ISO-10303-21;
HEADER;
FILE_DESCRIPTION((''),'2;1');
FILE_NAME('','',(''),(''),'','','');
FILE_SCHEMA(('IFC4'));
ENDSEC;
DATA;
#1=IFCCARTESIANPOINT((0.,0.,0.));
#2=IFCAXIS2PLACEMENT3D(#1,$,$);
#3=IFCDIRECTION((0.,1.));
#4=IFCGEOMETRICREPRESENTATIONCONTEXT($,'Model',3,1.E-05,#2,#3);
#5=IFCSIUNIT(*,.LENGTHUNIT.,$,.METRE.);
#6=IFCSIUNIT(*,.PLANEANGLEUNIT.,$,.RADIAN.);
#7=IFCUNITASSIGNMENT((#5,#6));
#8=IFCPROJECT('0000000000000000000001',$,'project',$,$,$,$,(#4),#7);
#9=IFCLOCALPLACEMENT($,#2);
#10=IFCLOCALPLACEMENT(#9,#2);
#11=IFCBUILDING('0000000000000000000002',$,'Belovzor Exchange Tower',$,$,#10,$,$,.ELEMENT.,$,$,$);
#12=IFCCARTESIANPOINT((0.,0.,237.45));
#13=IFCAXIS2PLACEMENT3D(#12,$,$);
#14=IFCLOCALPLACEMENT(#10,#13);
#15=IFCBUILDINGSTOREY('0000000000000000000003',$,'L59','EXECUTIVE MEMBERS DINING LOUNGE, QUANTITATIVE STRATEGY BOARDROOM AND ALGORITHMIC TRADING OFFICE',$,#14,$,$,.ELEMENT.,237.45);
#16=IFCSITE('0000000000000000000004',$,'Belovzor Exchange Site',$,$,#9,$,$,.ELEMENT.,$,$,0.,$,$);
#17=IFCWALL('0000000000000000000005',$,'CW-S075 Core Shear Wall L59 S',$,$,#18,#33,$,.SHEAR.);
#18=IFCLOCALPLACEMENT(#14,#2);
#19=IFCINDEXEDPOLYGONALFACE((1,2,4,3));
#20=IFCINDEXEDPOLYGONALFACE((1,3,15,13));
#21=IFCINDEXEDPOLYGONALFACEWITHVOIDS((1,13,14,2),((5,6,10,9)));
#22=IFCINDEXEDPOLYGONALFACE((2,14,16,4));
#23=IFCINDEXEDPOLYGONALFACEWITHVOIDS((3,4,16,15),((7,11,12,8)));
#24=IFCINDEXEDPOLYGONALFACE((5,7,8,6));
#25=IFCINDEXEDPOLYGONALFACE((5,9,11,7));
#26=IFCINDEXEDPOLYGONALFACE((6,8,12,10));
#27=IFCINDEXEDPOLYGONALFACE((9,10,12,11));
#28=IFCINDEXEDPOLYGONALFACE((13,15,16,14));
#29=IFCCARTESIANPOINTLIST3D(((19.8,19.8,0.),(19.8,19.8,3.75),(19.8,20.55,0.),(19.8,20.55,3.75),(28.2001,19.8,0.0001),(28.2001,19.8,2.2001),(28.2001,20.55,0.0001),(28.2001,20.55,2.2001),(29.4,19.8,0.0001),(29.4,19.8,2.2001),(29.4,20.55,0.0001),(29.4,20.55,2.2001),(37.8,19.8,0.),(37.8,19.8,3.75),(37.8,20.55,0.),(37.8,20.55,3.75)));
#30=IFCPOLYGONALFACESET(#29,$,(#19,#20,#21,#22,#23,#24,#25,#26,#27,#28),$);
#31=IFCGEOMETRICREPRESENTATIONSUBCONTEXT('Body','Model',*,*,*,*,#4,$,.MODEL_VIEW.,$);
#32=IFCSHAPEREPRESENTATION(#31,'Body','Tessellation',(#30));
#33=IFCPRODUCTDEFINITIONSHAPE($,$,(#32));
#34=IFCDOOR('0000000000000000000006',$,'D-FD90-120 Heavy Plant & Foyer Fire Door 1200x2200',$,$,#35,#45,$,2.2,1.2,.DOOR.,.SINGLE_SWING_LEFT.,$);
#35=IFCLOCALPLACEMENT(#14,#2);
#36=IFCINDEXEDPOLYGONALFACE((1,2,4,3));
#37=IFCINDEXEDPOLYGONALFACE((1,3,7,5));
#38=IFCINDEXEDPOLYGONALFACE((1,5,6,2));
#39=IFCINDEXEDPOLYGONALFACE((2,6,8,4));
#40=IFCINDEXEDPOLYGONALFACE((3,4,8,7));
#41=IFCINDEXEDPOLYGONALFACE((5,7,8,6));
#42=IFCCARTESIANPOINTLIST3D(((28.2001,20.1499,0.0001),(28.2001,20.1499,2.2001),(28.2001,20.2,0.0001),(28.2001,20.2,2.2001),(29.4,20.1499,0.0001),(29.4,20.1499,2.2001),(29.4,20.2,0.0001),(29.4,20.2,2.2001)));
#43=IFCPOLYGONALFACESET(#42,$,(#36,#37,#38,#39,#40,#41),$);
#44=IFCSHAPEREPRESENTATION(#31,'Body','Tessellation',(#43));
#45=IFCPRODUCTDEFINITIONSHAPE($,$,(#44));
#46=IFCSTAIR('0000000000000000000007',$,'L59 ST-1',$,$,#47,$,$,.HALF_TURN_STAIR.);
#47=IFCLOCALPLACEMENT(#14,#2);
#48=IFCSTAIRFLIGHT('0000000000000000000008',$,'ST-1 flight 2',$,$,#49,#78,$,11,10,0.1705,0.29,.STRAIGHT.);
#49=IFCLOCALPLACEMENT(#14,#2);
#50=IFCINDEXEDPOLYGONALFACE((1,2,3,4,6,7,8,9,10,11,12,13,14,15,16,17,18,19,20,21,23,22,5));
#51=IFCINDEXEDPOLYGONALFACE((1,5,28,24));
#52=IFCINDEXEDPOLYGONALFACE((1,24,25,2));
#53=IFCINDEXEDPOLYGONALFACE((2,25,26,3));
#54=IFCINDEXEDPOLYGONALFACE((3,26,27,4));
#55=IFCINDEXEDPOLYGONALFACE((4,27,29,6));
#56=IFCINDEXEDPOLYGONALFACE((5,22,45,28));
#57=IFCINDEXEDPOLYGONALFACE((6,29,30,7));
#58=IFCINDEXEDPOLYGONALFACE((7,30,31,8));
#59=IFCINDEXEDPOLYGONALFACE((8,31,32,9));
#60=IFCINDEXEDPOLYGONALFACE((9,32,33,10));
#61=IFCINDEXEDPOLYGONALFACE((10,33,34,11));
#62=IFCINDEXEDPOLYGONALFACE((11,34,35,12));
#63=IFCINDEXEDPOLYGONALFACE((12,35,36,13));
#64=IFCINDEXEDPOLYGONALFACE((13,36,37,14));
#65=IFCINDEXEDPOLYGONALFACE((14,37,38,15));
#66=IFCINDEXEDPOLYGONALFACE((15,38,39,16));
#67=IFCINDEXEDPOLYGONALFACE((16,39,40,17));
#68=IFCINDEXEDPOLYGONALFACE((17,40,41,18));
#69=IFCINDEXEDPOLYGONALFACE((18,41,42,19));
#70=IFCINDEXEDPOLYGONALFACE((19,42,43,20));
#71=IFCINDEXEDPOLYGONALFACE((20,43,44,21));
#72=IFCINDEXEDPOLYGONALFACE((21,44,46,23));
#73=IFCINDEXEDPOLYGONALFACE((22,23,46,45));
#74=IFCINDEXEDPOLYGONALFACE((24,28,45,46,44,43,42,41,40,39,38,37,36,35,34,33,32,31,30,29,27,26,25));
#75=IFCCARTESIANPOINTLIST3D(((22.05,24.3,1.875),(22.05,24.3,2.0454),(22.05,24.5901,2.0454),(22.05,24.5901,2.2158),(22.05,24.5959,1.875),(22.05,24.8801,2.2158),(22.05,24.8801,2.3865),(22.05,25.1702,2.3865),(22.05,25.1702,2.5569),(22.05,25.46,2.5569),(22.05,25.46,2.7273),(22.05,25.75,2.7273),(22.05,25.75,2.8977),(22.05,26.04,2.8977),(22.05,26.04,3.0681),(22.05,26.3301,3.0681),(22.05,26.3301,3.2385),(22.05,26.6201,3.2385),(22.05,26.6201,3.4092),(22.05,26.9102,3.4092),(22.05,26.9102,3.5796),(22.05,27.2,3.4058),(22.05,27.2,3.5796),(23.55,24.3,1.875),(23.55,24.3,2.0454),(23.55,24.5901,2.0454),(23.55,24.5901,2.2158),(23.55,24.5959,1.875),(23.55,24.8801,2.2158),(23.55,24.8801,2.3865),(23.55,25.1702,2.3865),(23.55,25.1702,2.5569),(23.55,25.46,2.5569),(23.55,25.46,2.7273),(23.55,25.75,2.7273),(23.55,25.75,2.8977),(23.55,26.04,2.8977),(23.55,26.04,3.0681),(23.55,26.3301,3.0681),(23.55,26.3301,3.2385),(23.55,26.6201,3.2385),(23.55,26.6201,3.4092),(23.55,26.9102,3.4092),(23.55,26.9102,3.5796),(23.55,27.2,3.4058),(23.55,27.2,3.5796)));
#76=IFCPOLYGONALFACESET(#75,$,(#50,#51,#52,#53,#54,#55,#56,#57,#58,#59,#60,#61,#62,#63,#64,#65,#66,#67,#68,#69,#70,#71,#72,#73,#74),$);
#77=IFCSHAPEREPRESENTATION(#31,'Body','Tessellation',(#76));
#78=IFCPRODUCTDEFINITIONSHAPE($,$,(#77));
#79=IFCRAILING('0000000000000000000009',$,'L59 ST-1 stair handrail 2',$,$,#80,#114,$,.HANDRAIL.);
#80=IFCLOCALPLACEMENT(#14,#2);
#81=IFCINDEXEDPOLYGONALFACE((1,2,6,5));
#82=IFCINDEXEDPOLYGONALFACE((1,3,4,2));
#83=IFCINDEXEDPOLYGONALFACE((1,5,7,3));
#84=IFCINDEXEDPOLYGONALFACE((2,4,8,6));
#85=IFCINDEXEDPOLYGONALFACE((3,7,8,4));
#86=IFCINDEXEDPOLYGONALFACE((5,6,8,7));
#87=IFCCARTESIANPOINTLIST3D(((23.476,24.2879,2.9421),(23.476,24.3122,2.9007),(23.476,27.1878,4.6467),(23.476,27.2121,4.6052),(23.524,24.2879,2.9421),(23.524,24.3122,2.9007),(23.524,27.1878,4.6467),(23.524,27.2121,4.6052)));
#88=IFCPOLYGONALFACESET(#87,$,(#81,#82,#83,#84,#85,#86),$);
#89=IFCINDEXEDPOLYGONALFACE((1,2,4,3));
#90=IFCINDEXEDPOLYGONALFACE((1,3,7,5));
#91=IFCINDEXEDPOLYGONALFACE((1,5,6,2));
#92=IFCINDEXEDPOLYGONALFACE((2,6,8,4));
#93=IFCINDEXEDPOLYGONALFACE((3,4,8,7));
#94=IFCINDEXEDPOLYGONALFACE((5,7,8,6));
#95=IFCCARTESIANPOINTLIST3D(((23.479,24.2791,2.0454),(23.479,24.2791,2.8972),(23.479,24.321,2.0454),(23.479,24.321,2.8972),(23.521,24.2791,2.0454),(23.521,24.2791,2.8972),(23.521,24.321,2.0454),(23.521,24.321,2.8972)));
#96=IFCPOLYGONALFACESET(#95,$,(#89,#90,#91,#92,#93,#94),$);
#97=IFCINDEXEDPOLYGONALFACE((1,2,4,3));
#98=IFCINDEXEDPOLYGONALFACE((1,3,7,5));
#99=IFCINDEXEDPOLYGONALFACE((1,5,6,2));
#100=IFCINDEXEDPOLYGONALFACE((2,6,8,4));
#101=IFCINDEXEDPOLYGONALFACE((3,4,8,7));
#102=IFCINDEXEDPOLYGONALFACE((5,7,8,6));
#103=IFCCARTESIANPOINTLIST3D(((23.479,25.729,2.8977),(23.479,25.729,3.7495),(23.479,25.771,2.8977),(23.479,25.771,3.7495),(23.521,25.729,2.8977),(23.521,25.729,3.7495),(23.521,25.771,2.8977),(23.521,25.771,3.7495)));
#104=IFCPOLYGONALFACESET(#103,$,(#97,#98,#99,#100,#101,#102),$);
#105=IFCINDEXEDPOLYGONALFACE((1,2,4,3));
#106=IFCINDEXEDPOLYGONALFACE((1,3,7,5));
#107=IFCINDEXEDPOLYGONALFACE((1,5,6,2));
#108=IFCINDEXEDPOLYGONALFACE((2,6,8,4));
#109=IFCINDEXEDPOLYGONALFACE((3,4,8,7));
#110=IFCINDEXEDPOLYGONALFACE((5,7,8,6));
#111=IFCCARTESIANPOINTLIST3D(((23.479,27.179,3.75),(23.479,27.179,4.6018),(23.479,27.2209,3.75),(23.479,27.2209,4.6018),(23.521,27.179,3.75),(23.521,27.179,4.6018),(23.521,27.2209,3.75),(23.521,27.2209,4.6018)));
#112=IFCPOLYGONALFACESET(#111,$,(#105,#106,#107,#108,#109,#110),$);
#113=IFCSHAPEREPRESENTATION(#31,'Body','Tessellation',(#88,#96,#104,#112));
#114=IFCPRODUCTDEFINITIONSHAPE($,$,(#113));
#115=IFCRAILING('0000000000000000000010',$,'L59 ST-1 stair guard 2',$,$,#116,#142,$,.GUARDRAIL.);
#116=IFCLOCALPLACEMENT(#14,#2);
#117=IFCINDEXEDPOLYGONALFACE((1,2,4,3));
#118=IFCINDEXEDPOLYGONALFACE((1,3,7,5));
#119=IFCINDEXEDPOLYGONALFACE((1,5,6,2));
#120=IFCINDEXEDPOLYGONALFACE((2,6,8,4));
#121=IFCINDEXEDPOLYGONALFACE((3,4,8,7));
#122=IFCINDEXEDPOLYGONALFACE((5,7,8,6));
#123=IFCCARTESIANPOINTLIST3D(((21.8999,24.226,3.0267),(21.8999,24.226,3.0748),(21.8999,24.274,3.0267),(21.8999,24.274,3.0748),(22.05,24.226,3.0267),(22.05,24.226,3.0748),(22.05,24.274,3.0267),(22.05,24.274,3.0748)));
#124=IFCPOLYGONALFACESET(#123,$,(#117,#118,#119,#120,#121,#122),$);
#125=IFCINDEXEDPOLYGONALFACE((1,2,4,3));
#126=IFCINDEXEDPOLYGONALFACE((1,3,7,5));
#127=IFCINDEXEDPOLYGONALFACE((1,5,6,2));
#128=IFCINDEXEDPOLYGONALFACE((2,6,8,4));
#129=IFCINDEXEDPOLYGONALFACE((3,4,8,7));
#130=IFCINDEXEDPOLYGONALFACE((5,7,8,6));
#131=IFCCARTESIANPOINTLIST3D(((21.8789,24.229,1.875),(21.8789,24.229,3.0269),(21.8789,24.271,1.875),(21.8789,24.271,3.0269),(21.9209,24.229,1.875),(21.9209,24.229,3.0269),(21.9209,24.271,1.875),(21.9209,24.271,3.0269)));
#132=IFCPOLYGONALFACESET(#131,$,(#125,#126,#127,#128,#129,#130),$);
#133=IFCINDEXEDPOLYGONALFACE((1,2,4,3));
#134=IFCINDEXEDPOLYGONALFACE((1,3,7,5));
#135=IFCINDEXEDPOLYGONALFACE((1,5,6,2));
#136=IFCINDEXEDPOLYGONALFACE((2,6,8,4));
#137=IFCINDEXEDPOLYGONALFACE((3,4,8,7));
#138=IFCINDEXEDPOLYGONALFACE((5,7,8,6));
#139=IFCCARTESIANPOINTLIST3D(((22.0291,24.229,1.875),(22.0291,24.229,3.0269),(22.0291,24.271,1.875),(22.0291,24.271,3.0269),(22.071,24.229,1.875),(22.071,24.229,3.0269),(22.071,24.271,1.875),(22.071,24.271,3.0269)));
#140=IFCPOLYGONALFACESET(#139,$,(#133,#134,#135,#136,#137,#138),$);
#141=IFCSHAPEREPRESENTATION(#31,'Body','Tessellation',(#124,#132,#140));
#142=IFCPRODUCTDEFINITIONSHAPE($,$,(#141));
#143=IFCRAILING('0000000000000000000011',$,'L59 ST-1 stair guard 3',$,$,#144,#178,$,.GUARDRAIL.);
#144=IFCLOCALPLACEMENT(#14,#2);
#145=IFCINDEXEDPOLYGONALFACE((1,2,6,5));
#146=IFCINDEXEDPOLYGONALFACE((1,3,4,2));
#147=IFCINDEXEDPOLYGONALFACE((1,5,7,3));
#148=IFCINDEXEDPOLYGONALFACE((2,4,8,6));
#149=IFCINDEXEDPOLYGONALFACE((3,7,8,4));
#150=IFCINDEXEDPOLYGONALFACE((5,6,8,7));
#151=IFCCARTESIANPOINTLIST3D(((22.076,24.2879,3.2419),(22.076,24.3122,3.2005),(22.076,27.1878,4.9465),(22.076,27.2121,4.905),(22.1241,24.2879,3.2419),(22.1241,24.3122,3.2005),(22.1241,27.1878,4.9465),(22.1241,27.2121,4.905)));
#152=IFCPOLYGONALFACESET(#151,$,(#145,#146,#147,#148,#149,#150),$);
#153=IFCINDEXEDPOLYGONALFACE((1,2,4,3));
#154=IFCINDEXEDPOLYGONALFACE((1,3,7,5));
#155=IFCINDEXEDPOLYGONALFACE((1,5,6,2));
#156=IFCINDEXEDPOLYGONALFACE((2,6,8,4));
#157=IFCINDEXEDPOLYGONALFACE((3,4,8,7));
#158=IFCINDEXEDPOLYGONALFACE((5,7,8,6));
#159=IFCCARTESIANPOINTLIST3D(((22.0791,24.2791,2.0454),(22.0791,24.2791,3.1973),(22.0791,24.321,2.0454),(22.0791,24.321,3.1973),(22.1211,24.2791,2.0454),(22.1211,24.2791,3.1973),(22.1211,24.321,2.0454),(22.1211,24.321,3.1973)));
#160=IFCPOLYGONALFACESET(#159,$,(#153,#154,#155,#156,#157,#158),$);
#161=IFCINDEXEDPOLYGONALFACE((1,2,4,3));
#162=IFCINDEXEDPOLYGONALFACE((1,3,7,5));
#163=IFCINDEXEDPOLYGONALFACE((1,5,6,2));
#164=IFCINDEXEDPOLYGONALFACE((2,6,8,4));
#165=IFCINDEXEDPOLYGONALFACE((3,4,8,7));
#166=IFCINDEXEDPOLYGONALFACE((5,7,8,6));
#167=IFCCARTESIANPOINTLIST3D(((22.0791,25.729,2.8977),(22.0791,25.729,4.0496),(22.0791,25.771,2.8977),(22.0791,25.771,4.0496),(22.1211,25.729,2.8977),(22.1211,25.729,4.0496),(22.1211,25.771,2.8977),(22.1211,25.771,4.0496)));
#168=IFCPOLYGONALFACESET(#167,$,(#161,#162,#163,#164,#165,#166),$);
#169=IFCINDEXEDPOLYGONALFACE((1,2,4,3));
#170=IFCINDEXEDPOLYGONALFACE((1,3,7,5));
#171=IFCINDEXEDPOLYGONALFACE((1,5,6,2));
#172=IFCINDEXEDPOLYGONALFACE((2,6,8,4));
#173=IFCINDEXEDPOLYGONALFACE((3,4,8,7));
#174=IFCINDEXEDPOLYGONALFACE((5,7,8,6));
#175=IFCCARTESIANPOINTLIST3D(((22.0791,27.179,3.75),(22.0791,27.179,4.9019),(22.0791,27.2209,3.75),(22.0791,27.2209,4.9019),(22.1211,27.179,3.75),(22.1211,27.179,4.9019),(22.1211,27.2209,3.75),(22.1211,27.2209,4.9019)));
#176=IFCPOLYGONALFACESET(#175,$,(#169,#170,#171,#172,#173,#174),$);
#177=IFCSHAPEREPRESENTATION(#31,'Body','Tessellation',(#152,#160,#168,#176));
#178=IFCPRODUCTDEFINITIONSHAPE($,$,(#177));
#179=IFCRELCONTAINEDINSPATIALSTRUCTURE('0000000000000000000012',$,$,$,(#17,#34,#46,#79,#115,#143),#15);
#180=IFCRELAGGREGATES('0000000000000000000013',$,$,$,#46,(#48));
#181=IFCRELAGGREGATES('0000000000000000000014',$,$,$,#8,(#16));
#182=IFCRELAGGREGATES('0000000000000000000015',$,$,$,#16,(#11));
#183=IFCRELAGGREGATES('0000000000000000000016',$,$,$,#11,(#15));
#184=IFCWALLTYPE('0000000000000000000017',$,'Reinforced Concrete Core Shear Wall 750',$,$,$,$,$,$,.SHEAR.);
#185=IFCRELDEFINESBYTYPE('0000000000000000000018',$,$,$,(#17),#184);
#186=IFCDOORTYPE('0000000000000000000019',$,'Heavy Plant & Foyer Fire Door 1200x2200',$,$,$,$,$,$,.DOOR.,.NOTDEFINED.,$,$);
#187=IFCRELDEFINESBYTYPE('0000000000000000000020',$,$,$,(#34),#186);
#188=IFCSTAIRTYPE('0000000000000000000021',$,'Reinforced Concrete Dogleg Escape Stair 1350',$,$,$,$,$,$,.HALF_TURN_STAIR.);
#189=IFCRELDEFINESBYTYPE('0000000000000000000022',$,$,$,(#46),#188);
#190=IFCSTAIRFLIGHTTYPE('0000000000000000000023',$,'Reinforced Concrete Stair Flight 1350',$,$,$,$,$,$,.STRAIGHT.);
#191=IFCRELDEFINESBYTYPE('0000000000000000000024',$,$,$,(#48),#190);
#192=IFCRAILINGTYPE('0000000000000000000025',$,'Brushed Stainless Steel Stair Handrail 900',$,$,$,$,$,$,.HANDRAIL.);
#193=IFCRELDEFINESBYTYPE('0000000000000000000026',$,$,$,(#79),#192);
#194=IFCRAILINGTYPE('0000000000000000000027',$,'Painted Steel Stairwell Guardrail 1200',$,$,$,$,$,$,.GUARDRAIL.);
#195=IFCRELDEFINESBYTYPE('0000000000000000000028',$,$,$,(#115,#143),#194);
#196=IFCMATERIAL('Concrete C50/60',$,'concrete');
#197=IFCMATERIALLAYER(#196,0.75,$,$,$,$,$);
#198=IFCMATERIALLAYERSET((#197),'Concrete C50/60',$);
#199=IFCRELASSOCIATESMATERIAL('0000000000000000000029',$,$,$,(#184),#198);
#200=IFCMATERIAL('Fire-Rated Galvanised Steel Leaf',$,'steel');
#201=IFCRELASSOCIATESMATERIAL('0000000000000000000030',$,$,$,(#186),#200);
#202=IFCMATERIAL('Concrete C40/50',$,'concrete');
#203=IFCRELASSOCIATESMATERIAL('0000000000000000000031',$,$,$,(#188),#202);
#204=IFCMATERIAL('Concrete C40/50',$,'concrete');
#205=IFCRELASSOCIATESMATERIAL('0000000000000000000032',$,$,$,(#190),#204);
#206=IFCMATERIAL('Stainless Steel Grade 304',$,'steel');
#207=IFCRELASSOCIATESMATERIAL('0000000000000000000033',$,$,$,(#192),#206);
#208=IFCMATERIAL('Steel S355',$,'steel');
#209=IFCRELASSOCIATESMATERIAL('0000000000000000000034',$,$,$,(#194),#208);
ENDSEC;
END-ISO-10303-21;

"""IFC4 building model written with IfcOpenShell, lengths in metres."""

from ifc_helpers import new_model, si_unit, direction, frame, frame_2d, origin, origin_2d, place, context, subcontext, project, spatial, polyline, rectangle, outline, extrude, material, layer, layer_set, type_object, element, fill, aggregate, save


model = new_model("IFC4")

# Units and contexts
model_context = context("Model", 3, precision=1e-05, world=origin(), true_north=direction((0.0, 1.0)))
body_context = subcontext(model_context, "Body", "Model", "MODEL_VIEW")
ifc_project = project(units=[si_unit("LENGTHUNIT", "METRE"), si_unit("PLANEANGLEUNIT", "RADIAN")], contexts=[model_context])

# Site, building, storey
site_placement = place(None, origin())
site = spatial("IfcSite", under=ifc_project, at=site_placement, Name="Belovzor Exchange Site", CompositionType="ELEMENT", RefElevation=0.0)
building_placement = place(site_placement, origin())
building = spatial("IfcBuilding", under=site, at=building_placement, Name="Belovzor Exchange Tower", CompositionType="ELEMENT")
storey_placement = place(building_placement, frame((0.0, 0.0, 237.45)))
storey = spatial("IfcBuildingStorey", under=building, at=storey_placement, Name="L59", Description="EXECUTIVE MEMBERS DINING LOUNGE, QUANTITATIVE STRATEGY BOARDROOM AND ALGORITHMIC TRADING OFFICE", CompositionType="ELEMENT", Elevation=237.45)

# Wall, opening, door
ifc_material_1 = material(Name="Concrete C50/60", Category="concrete")
ifc_layer_1 = layer(ifc_material_1, 0.75)
ifc_layer_set_1 = layer_set([ifc_layer_1], Name="Concrete C50/60")
wall_type_1 = type_object("IfcWallType", Name="Reinforced Concrete Core Shear Wall 750", PredefinedType="SHEAR", material=ifc_layer_set_1)
wall_1_placement = place(storey_placement, frame((19.8, 20.175, 0.0), z_axis=(0.0, 0.0, 1.0), x_axis=(1.0, 0.0, 0.0)))
wall_1 = element("IfcWall", 1, at=wall_1_placement, inside=storey, type_object=wall_type_1, Name="CW-S075 Core Shear Wall L59 S", PredefinedType="SHEAR", context=body_context, shape_type="SweptSolid", body=[
    extrude(rectangle(XDim=18.0, YDim=0.75, at=frame_2d((9.0, 0.0))), origin(), (0.0, 0.0, 1.0), 3.75),
])
opening_1_placement = place(wall_1_placement, frame((8.3999, 0.0, 0.0)))
opening_1 = element("IfcOpeningElement", 2, at=opening_1_placement, cuts=wall_1, PredefinedType="OPENING", context=body_context, shape_type="SweptSolid", body=[
    extrude(rectangle(XDim=1.2, YDim=2.2, at=frame_2d((0.6001, 1.1001))), frame((0.0, 0.385, 0.0), z_axis=(0.0, -1.0, 0.0), x_axis=(1.0, 0.0, 0.0)), (0.0, 0.0, 1.0), 0.77),
])
ifc_material_2 = material(Name="Fire-Rated Galvanised Steel Leaf", Category="steel")
door_type_1 = type_object("IfcDoorType", Name="Heavy Plant & Foyer Fire Door 1200x2200", OperationType="NOTDEFINED", PredefinedType="DOOR", material=ifc_material_2)
door_1_placement = place(opening_1_placement, origin())
door_1 = element("IfcDoor", 3, at=door_1_placement, inside=storey, type_object=door_type_1, Name="D-FD90-120 Heavy Plant & Foyer Fire Door 1200x2200", OperationType="SINGLE_SWING_LEFT", OverallHeight=2.2, OverallWidth=1.2, PredefinedType="DOOR", context=body_context, shape_type="SweptSolid", body=[
    extrude(rectangle(XDim=1.2, YDim=2.2, at=frame_2d((0.6001, 1.1001))), frame((0.0, 0.0249, 0.0), z_axis=(0.0, -1.0, 0.0), x_axis=(1.0, 0.0, 0.0)), (0.0, 0.0, 1.0), 0.05),
])
fill(opening_1, door_1)

# Stair, stair flight
ifc_material_3 = material(Name="Concrete C40/50", Category="concrete")
stair_type = type_object("IfcStairType", Name="Reinforced Concrete Dogleg Escape Stair 1350", PredefinedType="HALF_TURN_STAIR", material=ifc_material_3)
stair_placement = place(storey_placement, origin())
stair = element("IfcStair", 4, at=stair_placement, inside=storey, type_object=stair_type, Name="L59 ST-1", PredefinedType="HALF_TURN_STAIR")
ifc_material_4 = material(Name="Concrete C40/50", Category="concrete")
stair_flight_type = type_object("IfcStairFlightType", Name="Reinforced Concrete Stair Flight 1350", PredefinedType="STRAIGHT", material=ifc_material_4)
stair_flight_placement = place(storey_placement, frame((22.8, 24.3, 1.875), z_axis=(0.0, 0.0, 1.0), x_axis=(0.0, 1.0, 0.0)))
stair_flight = element("IfcStairFlight", 5, at=stair_flight_placement, type_object=stair_flight_type, Name="ST-1 flight 2", NumberOfRisers=11, NumberOfTreads=10, PredefinedType="STRAIGHT", RiserHeight=0.1705, TreadLength=0.29, context=body_context, shape_type="SweptSolid", body=[
    extrude(outline(polyline([(0.0, 0.0), (0.0, 0.1704), (0.29, 0.1704), (0.29, 0.3408), (0.5801, 0.3408), (0.5801, 0.5115), (0.8701, 0.5115), (0.8701, 0.6819), (1.1599, 0.6819), (1.1599, 0.8523), (1.45, 0.8523), (1.45, 1.0227), (1.74, 1.0227), (1.74, 1.1931), (2.03, 1.1931), (2.03, 1.3635), (2.3201, 1.3635), (2.3201, 1.5342), (2.6101, 1.5342), (2.6101, 1.7046), (2.8999, 1.7046), (2.8999, 1.875), (2.8999, 1.5308), (0.2959, 0.0), (0.0, 0.0)])), frame((0.0, 0.75, 0.0), z_axis=(0.0, -1.0, 0.0), x_axis=(1.0, 0.0, 0.0)), (0.0, 0.0, 1.0), 1.5),
])
aggregate(stair, [stair_flight])

# Railings
ifc_material_5 = material(Name="Stainless Steel Grade 304", Category="steel")
railing_type_1 = type_object("IfcRailingType", Name="Brushed Stainless Steel Stair Handrail 900", PredefinedType="HANDRAIL", material=ifc_material_5)
railing_1_placement = place(storey_placement, frame((23.5, 24.3, 2.0454)))
element("IfcRailing", 6, at=railing_1_placement, inside=storey, type_object=railing_type_1, Name="L59 ST-1 stair handrail 2", PredefinedType="HANDRAIL", context=body_context, shape_type="SweptSolid", body=[
    extrude(rectangle(XDim=0.0481, YDim=0.0481, at=origin_2d()), frame((0.0, 0.0, 0.876), z_axis=(0.0, 0.862095, 0.506747), x_axis=(-1.0, 0.0, 0.0)), (0.0, 0.0, 1.0), 3.3638),
    extrude(rectangle(XDim=0.042, YDim=0.042, at=origin_2d()), origin(), (0.0, 0.0, 1.0), 0.8518),
    extrude(rectangle(XDim=0.042, YDim=0.042, at=origin_2d()), frame((0.0, 1.45, 0.8523)), (0.0, 0.0, 1.0), 0.8518),
    extrude(rectangle(XDim=0.042, YDim=0.042, at=origin_2d()), frame((0.0, 2.8999, 1.7046)), (0.0, 0.0, 1.0), 0.8518),
])
ifc_material_6 = material(Name="Steel S355", Category="steel")
railing_type_2 = type_object("IfcRailingType", Name="Painted Steel Stairwell Guardrail 1200", PredefinedType="GUARDRAIL", material=ifc_material_6)
railing_2_placement = place(storey_placement, frame((21.8999, 24.25, 1.875)))
element("IfcRailing", 7, at=railing_2_placement, inside=storey, type_object=railing_type_2, Name="L59 ST-1 stair guard 2", PredefinedType="GUARDRAIL", context=body_context, shape_type="SweptSolid", body=[
    extrude(rectangle(XDim=0.0481, YDim=0.0481, at=origin_2d()), frame((0.0, 0.0, 1.1758), z_axis=(1.0, 0.0, 0.0), x_axis=(0.0, 1.0, 0.0)), (0.0, 0.0, 1.0), 0.1501),
    extrude(rectangle(XDim=0.042, YDim=0.042, at=origin_2d()), origin(), (0.0, 0.0, 1.0), 1.1519),
    extrude(rectangle(XDim=0.042, YDim=0.042, at=origin_2d()), frame((0.1501, 0.0, 0.0)), (0.0, 0.0, 1.0), 1.1519),
])
railing_3_placement = place(storey_placement, frame((22.1001, 24.3, 2.0454)))
element("IfcRailing", 8, at=railing_3_placement, inside=storey, type_object=railing_type_2, Name="L59 ST-1 stair guard 3", PredefinedType="GUARDRAIL", context=body_context, shape_type="SweptSolid", body=[
    extrude(rectangle(XDim=0.0481, YDim=0.0481, at=origin_2d()), frame((0.0, 0.0, 1.1758), z_axis=(0.0, 0.862095, 0.506747), x_axis=(-1.0, 0.0, 0.0)), (0.0, 0.0, 1.0), 3.3638),
    extrude(rectangle(XDim=0.042, YDim=0.042, at=origin_2d()), origin(), (0.0, 0.0, 1.0), 1.1519),
    extrude(rectangle(XDim=0.042, YDim=0.042, at=origin_2d()), frame((0.0, 1.45, 0.8523)), (0.0, 0.0, 1.0), 1.1519),
    extrude(rectangle(XDim=0.042, YDim=0.042, at=origin_2d()), frame((0.0, 2.8999, 1.7046)), (0.0, 0.0, 1.0), 1.1519),
])

save(model, "model.ifc")
